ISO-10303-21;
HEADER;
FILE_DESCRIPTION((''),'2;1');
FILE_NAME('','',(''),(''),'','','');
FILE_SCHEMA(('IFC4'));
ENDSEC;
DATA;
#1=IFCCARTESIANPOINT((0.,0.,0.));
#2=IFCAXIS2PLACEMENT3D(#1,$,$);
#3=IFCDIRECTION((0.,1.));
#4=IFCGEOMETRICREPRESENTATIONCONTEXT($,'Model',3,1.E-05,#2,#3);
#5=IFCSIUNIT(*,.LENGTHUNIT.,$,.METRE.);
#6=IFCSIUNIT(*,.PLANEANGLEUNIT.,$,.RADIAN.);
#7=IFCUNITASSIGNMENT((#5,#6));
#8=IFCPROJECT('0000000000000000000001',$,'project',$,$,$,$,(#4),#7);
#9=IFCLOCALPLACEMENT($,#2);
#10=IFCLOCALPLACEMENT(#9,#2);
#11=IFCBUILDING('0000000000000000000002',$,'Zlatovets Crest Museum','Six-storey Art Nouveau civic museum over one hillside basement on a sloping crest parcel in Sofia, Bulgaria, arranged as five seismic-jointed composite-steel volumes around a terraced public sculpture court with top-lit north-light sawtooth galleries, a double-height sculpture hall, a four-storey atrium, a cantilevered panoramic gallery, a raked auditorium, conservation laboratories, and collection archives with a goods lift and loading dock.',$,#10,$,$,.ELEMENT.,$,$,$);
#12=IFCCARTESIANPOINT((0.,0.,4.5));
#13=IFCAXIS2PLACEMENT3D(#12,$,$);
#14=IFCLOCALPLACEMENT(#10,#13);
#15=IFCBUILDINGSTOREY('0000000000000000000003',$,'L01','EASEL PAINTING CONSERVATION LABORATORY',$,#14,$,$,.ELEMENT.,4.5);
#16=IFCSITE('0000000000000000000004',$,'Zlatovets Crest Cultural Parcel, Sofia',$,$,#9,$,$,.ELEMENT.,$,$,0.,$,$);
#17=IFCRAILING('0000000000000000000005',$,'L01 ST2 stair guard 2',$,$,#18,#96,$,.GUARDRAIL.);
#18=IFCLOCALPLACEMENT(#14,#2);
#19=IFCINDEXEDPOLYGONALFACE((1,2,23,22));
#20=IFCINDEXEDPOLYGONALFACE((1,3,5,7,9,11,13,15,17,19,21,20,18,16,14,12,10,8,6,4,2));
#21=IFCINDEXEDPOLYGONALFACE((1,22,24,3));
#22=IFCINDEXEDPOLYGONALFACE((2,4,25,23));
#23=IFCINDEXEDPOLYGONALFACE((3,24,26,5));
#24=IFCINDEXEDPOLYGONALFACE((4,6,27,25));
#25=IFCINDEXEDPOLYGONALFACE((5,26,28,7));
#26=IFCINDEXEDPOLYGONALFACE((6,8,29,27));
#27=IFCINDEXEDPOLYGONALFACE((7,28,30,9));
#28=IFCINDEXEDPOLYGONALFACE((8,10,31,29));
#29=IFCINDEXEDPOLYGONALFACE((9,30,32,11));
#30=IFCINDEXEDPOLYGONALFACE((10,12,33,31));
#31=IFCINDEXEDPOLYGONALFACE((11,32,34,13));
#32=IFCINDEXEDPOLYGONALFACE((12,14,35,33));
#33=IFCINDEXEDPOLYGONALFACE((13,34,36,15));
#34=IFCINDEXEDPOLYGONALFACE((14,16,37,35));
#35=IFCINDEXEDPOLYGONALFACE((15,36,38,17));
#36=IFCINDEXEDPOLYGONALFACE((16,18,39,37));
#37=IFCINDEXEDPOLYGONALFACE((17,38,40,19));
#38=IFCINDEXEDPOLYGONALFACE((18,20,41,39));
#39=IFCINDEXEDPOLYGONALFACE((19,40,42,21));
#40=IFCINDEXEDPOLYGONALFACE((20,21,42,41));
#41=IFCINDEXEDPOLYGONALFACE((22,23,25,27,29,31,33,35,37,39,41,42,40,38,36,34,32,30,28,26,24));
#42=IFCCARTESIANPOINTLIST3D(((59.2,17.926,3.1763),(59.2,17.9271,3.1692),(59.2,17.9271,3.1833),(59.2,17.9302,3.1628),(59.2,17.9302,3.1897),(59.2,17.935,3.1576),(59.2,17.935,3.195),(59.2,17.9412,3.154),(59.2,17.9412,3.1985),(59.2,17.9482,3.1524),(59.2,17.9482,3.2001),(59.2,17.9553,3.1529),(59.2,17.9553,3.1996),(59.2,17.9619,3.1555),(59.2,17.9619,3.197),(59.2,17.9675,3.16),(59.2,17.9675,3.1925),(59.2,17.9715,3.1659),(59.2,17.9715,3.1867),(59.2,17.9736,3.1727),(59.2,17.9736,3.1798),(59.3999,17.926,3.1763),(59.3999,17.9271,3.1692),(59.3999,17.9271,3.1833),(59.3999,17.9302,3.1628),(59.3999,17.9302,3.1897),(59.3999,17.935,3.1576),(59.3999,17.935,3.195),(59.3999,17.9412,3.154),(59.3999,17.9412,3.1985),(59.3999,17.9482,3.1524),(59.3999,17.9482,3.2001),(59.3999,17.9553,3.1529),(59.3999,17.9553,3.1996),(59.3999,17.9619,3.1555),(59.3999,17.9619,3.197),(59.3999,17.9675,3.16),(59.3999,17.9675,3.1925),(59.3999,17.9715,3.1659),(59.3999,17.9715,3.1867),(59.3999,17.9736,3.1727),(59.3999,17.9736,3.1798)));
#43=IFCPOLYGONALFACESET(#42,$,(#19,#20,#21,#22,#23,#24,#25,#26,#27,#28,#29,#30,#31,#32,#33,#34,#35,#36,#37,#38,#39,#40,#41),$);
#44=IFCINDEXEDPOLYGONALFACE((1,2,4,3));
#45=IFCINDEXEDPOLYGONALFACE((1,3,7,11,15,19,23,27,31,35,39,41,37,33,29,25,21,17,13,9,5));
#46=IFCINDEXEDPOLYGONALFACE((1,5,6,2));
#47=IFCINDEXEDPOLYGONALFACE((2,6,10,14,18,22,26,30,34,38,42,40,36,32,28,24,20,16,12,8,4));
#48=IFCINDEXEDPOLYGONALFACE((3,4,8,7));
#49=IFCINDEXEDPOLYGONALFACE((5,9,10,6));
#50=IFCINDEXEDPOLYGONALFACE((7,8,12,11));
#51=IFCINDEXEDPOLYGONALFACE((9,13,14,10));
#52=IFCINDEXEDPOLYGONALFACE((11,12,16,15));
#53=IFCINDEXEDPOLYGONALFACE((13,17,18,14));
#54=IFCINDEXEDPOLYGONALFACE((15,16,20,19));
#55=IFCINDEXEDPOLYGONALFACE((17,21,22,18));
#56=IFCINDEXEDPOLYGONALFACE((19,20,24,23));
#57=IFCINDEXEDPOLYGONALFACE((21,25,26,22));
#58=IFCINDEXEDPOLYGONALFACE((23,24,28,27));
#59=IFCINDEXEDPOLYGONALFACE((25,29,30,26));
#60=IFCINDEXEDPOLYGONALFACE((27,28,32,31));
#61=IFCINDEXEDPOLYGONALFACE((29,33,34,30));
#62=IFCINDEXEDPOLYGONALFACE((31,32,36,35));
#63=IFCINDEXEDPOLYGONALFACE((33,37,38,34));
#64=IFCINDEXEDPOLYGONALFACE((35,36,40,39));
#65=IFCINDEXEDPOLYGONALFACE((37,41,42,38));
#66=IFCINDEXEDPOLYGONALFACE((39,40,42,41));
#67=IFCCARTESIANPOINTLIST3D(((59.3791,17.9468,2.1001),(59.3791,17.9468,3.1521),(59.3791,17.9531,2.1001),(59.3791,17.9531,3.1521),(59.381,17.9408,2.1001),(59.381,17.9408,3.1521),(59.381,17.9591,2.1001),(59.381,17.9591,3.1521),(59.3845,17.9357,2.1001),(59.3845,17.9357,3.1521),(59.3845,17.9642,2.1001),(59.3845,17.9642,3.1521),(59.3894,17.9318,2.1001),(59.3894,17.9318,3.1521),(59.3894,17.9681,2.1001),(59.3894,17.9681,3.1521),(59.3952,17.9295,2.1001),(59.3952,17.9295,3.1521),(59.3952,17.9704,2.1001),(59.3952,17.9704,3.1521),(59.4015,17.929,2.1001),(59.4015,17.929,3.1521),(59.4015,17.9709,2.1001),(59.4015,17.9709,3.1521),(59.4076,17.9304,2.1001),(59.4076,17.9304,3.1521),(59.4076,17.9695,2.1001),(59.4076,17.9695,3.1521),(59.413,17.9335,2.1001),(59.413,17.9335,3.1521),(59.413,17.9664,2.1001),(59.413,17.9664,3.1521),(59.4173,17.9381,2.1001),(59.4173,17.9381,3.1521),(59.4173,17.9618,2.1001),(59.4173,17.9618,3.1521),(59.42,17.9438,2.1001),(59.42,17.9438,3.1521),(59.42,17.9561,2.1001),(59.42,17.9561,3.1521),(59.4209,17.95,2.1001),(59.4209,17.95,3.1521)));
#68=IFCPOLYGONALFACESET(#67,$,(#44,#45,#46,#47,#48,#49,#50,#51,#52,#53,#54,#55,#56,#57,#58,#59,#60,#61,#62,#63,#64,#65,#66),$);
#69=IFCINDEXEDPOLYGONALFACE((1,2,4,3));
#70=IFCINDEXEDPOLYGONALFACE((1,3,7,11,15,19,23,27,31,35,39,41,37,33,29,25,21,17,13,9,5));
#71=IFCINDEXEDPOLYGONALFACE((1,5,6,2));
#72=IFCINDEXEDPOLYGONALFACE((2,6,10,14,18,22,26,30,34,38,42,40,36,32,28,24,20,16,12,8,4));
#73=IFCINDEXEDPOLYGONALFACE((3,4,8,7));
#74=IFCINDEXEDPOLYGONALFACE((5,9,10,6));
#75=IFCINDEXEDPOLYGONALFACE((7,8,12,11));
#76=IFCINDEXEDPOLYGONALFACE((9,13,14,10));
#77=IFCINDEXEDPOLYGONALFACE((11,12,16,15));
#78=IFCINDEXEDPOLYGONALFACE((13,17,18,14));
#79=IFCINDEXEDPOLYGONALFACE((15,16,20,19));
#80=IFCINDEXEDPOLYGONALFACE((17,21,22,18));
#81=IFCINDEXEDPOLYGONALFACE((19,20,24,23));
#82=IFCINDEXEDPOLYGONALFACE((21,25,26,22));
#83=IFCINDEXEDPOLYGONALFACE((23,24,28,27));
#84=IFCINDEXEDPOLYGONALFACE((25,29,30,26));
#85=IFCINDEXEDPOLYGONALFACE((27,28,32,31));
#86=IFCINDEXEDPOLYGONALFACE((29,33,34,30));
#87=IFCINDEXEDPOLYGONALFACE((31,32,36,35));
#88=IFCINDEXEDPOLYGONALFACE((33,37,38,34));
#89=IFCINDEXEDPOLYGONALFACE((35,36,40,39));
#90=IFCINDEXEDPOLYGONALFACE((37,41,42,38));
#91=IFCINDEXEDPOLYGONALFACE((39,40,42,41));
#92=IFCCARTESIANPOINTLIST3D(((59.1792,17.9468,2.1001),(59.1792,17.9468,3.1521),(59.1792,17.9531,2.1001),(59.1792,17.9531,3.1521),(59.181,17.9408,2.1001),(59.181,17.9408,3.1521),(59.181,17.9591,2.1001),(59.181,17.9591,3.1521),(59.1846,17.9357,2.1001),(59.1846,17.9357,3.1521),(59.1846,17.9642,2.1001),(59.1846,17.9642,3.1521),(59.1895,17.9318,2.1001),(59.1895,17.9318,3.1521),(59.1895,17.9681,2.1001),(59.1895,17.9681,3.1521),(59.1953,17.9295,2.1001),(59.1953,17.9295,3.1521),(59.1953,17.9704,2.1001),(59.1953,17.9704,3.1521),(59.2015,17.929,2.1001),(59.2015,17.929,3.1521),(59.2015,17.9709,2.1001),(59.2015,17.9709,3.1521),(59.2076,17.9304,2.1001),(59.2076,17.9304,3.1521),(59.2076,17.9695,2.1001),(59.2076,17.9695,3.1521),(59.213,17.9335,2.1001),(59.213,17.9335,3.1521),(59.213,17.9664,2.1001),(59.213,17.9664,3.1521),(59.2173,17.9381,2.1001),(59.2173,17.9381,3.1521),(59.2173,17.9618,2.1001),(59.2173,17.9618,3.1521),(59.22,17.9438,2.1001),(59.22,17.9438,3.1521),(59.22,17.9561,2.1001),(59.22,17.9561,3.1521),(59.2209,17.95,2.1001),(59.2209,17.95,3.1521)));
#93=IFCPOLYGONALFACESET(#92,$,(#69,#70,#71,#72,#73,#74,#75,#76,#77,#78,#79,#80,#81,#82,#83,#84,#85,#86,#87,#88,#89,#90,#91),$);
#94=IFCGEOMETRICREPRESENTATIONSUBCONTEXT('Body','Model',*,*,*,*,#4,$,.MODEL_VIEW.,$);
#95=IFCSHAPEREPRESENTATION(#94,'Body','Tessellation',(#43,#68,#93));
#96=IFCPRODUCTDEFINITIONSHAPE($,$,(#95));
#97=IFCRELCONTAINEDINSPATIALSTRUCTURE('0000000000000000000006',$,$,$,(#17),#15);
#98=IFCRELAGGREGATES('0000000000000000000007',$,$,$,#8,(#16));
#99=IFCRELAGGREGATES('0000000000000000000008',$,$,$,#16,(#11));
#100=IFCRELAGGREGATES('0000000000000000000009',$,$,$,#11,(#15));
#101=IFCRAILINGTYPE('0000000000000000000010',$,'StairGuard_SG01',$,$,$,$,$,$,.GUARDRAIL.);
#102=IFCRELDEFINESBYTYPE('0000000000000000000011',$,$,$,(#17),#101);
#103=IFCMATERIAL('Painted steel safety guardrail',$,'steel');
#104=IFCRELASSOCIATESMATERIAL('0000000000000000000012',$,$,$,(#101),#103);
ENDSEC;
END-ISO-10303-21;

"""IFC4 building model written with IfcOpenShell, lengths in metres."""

from ifc_helpers import new_model, si_unit, direction, frame, origin, origin_2d, place, context, subcontext, project, spatial, circle, extrude, material, type_object, element, save


model = new_model("IFC4")

# Units and contexts
model_context = context("Model", 3, precision=1e-05, world=origin(), true_north=direction((0.0, 1.0)))
body_context = subcontext(model_context, "Body", "Model", "MODEL_VIEW")
ifc_project = project(units=[si_unit("LENGTHUNIT", "METRE"), si_unit("PLANEANGLEUNIT", "RADIAN")], contexts=[model_context])

# Site, building, storey
site_placement = place(None, origin())
site = spatial("IfcSite", under=ifc_project, at=site_placement, Name="Zlatovets Crest Cultural Parcel, Sofia", CompositionType="ELEMENT", RefElevation=0.0)
building_placement = place(site_placement, origin())
building = spatial("IfcBuilding", under=site, at=building_placement, Name="Zlatovets Crest Museum", Description="Six-storey Art Nouveau civic museum over one hillside basement on a sloping crest parcel in Sofia, Bulgaria, arranged as five seismic-jointed composite-steel volumes around a terraced public sculpture court with top-lit north-light sawtooth galleries, a double-height sculpture hall, a four-storey atrium, a cantilevered panoramic gallery, a raked auditorium, conservation laboratories, and collection archives with a goods lift and loading dock.", CompositionType="ELEMENT")
storey_placement = place(building_placement, frame((0.0, 0.0, 4.5)))
storey = spatial("IfcBuildingStorey", under=building, at=storey_placement, Name="L01", Description="EASEL PAINTING CONSERVATION LABORATORY", CompositionType="ELEMENT", Elevation=4.5)

# Railing
ifc_material_1 = material(Name="Painted steel safety guardrail", Category="steel")
railing_type_1 = type_object("IfcRailingType", Name="StairGuard_SG01", PredefinedType="GUARDRAIL", material=ifc_material_1)
railing_1_placement = place(storey_placement, frame((59.3999, 17.95, 2.1001)))
element("IfcRailing", 1, at=railing_1_placement, inside=storey, type_object=railing_type_1, Name="L01 ST2 stair guard 2", PredefinedType="GUARDRAIL", context=body_context, shape_type="SweptSolid", body=[
    extrude(circle(Radius=0.0239, at=origin_2d()), frame((0.0, 0.0, 1.0762), z_axis=(-1.0, 0.0, 0.0), x_axis=(0.0, -1.0, 0.0)), (0.0, 0.0, 1.0), 0.2),
    extrude(circle(Radius=0.021, at=origin_2d()), origin(), (0.0, 0.0, 1.0), 1.052),
    extrude(circle(Radius=0.021, at=origin_2d()), frame((-0.2, 0.0, 0.0)), (0.0, 0.0, 1.0), 1.052),
])

save(model, "model.ifc")
